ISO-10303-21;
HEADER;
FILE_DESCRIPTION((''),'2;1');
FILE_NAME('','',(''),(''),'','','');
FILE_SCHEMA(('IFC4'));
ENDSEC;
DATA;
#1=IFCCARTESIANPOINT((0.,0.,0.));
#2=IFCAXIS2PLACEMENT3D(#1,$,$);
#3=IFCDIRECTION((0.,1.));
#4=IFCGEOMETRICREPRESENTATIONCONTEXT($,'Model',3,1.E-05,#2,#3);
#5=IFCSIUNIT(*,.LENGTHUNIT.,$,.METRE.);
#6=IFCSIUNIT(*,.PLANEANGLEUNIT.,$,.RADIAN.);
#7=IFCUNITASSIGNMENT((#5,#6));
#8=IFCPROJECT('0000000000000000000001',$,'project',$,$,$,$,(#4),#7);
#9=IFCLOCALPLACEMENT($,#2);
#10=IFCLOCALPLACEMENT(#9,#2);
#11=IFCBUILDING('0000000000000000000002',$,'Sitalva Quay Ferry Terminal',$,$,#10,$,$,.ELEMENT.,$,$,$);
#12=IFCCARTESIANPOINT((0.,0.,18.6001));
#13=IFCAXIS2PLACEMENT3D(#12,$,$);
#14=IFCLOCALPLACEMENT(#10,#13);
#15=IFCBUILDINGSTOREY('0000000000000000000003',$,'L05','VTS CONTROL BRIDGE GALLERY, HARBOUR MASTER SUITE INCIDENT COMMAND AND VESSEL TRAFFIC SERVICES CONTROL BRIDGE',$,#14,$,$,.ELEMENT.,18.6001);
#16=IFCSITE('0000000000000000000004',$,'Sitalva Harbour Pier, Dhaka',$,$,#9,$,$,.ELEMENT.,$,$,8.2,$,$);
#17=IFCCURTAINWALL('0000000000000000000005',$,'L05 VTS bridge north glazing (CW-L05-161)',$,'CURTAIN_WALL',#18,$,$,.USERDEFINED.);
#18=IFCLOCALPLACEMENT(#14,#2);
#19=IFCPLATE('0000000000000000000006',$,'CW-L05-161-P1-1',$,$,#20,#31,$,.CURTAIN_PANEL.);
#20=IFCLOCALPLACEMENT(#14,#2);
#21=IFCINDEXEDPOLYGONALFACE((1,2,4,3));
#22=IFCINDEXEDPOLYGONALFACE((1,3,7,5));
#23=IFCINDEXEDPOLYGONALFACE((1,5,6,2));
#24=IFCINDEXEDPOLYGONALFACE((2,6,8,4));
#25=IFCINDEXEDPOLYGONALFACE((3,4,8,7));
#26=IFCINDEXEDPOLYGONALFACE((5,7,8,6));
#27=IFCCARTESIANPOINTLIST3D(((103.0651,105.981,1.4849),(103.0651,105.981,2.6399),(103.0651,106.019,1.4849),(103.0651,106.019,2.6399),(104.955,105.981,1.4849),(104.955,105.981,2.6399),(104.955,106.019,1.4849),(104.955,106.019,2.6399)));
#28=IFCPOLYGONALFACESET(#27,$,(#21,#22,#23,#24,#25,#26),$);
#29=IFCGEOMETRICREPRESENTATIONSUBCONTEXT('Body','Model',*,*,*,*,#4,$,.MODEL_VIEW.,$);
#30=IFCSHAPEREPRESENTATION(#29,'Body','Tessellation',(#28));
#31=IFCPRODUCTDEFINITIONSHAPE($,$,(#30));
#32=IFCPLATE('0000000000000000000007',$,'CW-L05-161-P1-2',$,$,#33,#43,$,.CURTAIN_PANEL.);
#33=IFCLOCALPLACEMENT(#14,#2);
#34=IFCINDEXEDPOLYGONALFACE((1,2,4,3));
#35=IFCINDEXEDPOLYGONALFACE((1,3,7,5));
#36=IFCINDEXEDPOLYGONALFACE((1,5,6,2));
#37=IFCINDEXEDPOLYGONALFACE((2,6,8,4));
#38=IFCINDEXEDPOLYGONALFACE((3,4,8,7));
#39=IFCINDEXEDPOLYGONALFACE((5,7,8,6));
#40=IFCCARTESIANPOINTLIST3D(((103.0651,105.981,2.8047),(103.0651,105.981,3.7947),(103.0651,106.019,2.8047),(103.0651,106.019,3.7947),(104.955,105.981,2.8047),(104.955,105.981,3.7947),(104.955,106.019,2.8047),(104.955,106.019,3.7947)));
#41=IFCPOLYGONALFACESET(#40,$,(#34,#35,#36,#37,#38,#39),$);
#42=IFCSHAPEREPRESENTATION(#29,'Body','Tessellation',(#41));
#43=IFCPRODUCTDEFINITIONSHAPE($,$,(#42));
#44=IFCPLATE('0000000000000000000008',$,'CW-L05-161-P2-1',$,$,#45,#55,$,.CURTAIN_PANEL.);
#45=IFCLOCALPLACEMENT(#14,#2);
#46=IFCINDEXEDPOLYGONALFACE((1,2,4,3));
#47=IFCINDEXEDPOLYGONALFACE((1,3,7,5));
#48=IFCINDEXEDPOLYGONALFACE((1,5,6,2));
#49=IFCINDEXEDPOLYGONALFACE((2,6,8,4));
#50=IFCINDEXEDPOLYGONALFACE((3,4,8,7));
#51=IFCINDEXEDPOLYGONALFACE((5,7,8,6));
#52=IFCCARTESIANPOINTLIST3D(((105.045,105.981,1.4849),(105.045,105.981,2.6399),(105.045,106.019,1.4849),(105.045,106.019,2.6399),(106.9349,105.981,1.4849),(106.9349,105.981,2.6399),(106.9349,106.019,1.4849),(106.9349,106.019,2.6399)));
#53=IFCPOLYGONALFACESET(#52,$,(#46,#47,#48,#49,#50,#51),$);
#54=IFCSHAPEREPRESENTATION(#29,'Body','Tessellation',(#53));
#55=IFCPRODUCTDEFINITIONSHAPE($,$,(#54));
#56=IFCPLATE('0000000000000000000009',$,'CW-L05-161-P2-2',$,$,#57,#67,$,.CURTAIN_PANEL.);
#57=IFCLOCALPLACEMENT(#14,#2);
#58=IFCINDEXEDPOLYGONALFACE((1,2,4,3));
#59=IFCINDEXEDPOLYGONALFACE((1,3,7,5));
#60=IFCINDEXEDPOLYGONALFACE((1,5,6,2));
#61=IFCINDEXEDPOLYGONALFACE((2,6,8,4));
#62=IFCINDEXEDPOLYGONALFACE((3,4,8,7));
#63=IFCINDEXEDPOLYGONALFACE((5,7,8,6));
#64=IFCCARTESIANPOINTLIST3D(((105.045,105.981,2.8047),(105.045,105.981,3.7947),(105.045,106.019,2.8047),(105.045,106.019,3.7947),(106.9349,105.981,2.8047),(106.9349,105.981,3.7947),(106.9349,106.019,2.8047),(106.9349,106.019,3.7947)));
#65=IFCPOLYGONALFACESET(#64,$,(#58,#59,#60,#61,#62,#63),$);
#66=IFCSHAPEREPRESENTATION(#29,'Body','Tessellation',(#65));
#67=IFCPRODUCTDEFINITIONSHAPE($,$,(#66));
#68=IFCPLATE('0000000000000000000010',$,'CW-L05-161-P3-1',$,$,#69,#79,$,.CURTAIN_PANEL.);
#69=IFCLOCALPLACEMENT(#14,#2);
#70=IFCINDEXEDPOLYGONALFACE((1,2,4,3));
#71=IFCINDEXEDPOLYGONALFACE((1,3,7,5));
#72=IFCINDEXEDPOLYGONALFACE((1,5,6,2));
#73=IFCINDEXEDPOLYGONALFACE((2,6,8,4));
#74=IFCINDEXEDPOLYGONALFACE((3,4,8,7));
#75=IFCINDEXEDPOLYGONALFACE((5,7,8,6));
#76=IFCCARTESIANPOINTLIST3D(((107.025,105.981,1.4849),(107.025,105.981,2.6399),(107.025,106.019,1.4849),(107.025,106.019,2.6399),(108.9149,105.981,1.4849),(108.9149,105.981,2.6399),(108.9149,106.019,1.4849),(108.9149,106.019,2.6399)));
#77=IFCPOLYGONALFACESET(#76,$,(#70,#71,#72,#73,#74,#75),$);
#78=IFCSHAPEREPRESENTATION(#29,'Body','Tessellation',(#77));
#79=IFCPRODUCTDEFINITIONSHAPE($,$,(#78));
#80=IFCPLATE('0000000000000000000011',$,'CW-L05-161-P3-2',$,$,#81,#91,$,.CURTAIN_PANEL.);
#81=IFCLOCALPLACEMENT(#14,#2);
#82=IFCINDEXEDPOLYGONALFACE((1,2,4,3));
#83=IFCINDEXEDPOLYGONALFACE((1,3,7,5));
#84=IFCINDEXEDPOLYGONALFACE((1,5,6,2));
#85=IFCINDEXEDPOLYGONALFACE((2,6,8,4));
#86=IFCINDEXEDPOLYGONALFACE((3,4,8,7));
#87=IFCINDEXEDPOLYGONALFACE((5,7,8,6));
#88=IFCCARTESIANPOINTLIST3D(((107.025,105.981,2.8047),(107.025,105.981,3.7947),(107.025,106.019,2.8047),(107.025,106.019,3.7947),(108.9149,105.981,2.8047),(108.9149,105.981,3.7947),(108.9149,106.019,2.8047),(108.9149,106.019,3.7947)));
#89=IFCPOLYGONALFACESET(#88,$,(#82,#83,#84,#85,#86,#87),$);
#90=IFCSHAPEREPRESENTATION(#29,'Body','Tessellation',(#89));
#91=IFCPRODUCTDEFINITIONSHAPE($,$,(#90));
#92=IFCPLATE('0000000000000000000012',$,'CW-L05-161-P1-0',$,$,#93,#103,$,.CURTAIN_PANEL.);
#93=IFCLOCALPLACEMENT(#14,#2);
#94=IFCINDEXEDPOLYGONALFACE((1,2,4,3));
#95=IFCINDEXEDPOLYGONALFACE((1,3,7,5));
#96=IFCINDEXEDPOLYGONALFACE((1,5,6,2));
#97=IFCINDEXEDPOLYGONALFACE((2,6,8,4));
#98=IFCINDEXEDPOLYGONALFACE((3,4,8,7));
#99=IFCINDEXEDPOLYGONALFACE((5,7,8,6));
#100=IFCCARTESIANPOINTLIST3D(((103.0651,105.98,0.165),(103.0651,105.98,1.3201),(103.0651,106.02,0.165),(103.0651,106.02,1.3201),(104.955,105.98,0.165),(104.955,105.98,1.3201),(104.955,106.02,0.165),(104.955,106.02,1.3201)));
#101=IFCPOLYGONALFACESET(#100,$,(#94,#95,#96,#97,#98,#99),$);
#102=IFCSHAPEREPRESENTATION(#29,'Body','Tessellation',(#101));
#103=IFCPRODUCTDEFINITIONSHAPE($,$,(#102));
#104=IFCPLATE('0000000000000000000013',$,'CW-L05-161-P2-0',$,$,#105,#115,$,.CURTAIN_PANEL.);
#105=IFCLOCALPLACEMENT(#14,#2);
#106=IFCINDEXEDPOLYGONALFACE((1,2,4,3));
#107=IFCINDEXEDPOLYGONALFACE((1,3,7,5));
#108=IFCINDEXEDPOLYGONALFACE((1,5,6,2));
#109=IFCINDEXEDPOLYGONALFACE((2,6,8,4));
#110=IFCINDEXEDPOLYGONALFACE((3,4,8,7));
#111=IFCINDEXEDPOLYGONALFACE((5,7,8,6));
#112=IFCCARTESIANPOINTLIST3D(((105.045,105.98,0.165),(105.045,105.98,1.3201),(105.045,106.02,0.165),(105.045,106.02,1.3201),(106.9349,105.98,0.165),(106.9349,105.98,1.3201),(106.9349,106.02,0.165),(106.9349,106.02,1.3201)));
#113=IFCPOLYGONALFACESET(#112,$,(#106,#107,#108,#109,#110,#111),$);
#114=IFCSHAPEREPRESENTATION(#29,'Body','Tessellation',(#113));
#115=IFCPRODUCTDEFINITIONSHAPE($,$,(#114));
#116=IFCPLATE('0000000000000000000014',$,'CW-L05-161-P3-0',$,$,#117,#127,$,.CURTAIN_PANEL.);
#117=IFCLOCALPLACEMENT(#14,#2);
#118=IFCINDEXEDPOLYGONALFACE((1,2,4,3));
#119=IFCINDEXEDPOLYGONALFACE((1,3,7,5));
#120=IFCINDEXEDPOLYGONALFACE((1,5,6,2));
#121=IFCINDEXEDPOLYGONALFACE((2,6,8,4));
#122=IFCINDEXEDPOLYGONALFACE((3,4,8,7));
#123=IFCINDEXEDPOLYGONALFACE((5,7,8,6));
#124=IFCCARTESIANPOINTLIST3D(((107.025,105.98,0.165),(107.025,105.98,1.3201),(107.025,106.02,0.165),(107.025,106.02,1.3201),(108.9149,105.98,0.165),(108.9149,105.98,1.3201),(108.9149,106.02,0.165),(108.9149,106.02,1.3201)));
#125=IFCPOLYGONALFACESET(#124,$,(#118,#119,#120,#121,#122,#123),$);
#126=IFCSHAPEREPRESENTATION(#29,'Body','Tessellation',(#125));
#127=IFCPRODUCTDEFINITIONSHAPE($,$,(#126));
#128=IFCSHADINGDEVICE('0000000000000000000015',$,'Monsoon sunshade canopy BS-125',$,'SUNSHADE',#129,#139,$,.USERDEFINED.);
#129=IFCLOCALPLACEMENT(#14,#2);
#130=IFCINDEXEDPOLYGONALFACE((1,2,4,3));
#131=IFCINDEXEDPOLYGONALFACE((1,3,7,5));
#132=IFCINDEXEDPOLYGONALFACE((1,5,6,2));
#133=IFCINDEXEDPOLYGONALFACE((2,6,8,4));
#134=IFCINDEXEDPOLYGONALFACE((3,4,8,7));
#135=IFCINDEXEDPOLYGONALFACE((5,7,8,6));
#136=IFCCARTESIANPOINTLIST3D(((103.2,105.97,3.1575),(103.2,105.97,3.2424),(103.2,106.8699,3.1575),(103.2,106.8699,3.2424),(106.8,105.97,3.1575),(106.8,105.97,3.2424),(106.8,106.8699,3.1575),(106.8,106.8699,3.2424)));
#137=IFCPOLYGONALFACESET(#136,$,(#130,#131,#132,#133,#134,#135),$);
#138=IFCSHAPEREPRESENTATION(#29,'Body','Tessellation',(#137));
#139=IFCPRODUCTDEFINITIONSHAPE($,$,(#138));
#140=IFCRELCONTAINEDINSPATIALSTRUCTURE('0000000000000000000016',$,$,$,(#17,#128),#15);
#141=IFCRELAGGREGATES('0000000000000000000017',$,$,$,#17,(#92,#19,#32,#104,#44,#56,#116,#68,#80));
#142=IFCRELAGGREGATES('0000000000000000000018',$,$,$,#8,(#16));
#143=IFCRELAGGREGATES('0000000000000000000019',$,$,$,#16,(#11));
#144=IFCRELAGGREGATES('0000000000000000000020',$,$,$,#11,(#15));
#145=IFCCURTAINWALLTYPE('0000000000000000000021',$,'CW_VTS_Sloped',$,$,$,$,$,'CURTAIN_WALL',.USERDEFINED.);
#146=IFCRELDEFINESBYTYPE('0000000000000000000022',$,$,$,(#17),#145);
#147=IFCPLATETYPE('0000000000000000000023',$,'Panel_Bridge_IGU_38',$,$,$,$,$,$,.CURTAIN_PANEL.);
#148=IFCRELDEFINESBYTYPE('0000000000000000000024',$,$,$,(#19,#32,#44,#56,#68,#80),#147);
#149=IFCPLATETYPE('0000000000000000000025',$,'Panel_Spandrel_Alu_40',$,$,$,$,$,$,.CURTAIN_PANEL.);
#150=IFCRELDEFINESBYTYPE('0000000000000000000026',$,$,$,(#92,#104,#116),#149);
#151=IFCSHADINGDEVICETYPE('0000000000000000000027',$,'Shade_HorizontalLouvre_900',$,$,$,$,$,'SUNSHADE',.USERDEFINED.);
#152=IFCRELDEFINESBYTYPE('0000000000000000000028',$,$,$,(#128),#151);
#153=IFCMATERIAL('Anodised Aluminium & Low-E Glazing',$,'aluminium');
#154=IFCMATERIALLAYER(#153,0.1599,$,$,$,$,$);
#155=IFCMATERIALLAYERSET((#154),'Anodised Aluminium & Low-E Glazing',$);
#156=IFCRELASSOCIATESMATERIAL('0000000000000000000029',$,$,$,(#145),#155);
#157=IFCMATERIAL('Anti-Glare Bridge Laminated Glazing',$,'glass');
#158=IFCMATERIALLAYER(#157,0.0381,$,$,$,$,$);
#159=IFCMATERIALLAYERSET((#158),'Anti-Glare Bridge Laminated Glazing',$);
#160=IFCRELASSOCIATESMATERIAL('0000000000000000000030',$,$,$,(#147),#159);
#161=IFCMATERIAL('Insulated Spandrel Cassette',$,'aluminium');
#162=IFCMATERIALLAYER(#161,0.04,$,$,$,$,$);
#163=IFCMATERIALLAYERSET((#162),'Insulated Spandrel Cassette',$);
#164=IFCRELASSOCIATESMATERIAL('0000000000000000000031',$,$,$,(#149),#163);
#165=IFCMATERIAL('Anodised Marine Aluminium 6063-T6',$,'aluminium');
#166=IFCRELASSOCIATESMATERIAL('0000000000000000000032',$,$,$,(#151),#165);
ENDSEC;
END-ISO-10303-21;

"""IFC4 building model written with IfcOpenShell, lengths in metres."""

from ifc_helpers import new_model, si_unit, direction, frame, origin, origin_2d, place, context, subcontext, project, spatial, rectangle, extrude, material, layer, layer_set, type_object, element, aggregate, save


model = new_model("IFC4")

# Units and contexts
model_context = context("Model", 3, precision=1e-05, world=origin(), true_north=direction((0.0, 1.0)))
body_context = subcontext(model_context, "Body", "Model", "MODEL_VIEW")
ifc_project = project(units=[si_unit("LENGTHUNIT", "METRE"), si_unit("PLANEANGLEUNIT", "RADIAN")], contexts=[model_context])

# Site, building, storey
site_placement = place(None, origin())
site = spatial("IfcSite", under=ifc_project, at=site_placement, Name="Sitalva Harbour Pier, Dhaka", CompositionType="ELEMENT", RefElevation=8.2)
building_placement = place(site_placement, origin())
building = spatial("IfcBuilding", under=site, at=building_placement, Name="Sitalva Quay Ferry Terminal", CompositionType="ELEMENT")
storey_placement = place(building_placement, frame((0.0, 0.0, 18.6001)))
storey = spatial("IfcBuildingStorey", under=building, at=storey_placement, Name="L05", Description="VTS CONTROL BRIDGE GALLERY, HARBOUR MASTER SUITE INCIDENT COMMAND AND VESSEL TRAFFIC SERVICES CONTROL BRIDGE", CompositionType="ELEMENT", Elevation=18.6001)

# Curtain wall, plates
ifc_material_1 = material(Name="Anodised Aluminium & Low-E Glazing", Category="aluminium")
ifc_layer_1 = layer(ifc_material_1, 0.1599)
ifc_layer_set_1 = layer_set([ifc_layer_1], Name="Anodised Aluminium & Low-E Glazing")
curtain_wall_type = type_object("IfcCurtainWallType", Name="CW_VTS_Sloped", ElementType="CURTAIN_WALL", PredefinedType="USERDEFINED", material=ifc_layer_set_1)
curtain_wall_placement = place(storey_placement, origin())
curtain_wall = element("IfcCurtainWall", 1, at=curtain_wall_placement, inside=storey, type_object=curtain_wall_type, Name="L05 VTS bridge north glazing (CW-L05-161)", ObjectType="CURTAIN_WALL", PredefinedType="USERDEFINED")
ifc_material_2 = material(Name="Anti-Glare Bridge Laminated Glazing", Category="glass")
ifc_layer_2 = layer(ifc_material_2, 0.0381)
ifc_layer_set_2 = layer_set([ifc_layer_2], Name="Anti-Glare Bridge Laminated Glazing")
plate_type_1 = type_object("IfcPlateType", Name="Panel_Bridge_IGU_38", PredefinedType="CURTAIN_PANEL", material=ifc_layer_set_2)
plate_1_placement = place(storey_placement, frame((104.01, 106.0, 1.4849), z_axis=(0.0, 0.0, 1.0), x_axis=(1.0, 0.0, 0.0)))
plate_1 = element("IfcPlate", 2, at=plate_1_placement, type_object=plate_type_1, Name="CW-L05-161-P1-1", PredefinedType="CURTAIN_PANEL", context=body_context, shape_type="SweptSolid", body=[
    extrude(rectangle(XDim=1.8899, YDim=0.0381, at=origin_2d()), origin(), (0.0, 0.0, 1.0), 1.155),
])
plate_2_placement = place(storey_placement, frame((104.01, 106.0, 2.8047), z_axis=(0.0, 0.0, 1.0), x_axis=(1.0, 0.0, 0.0)))
plate_2 = element("IfcPlate", 3, at=plate_2_placement, type_object=plate_type_1, Name="CW-L05-161-P1-2", PredefinedType="CURTAIN_PANEL", context=body_context, shape_type="SweptSolid", body=[
    extrude(rectangle(XDim=1.8899, YDim=0.0381, at=origin_2d()), origin(), (0.0, 0.0, 1.0), 0.99),
])
plate_3_placement = place(storey_placement, frame((105.99, 106.0, 1.4849), z_axis=(0.0, 0.0, 1.0), x_axis=(1.0, 0.0, 0.0)))
plate_3 = element("IfcPlate", 4, at=plate_3_placement, type_object=plate_type_1, Name="CW-L05-161-P2-1", PredefinedType="CURTAIN_PANEL", context=body_context, shape_type="SweptSolid", body=[
    extrude(rectangle(XDim=1.8899, YDim=0.0381, at=origin_2d()), origin(), (0.0, 0.0, 1.0), 1.155),
])
plate_4_placement = place(storey_placement, frame((105.99, 106.0, 2.8047), z_axis=(0.0, 0.0, 1.0), x_axis=(1.0, 0.0, 0.0)))
plate_4 = element("IfcPlate", 5, at=plate_4_placement, type_object=plate_type_1, Name="CW-L05-161-P2-2", PredefinedType="CURTAIN_PANEL", context=body_context, shape_type="SweptSolid", body=[
    extrude(rectangle(XDim=1.8899, YDim=0.0381, at=origin_2d()), origin(), (0.0, 0.0, 1.0), 0.99),
])
plate_5_placement = place(storey_placement, frame((107.97, 106.0, 1.4849), z_axis=(0.0, 0.0, 1.0), x_axis=(1.0, 0.0, 0.0)))
plate_5 = element("IfcPlate", 6, at=plate_5_placement, type_object=plate_type_1, Name="CW-L05-161-P3-1", PredefinedType="CURTAIN_PANEL", context=body_context, shape_type="SweptSolid", body=[
    extrude(rectangle(XDim=1.8899, YDim=0.0381, at=origin_2d()), origin(), (0.0, 0.0, 1.0), 1.155),
])
plate_6_placement = place(storey_placement, frame((107.97, 106.0, 2.8047), z_axis=(0.0, 0.0, 1.0), x_axis=(1.0, 0.0, 0.0)))
plate_6 = element("IfcPlate", 7, at=plate_6_placement, type_object=plate_type_1, Name="CW-L05-161-P3-2", PredefinedType="CURTAIN_PANEL", context=body_context, shape_type="SweptSolid", body=[
    extrude(rectangle(XDim=1.8899, YDim=0.0381, at=origin_2d()), origin(), (0.0, 0.0, 1.0), 0.99),
])
ifc_material_3 = material(Name="Insulated Spandrel Cassette", Category="aluminium")
ifc_layer_3 = layer(ifc_material_3, 0.04)
ifc_layer_set_3 = layer_set([ifc_layer_3], Name="Insulated Spandrel Cassette")
plate_type_2 = type_object("IfcPlateType", Name="Panel_Spandrel_Alu_40", PredefinedType="CURTAIN_PANEL", material=ifc_layer_set_3)
plate_7_placement = place(storey_placement, frame((104.01, 106.0, 0.165), z_axis=(0.0, 0.0, 1.0), x_axis=(1.0, 0.0, 0.0)))
plate_7 = element("IfcPlate", 8, at=plate_7_placement, type_object=plate_type_2, Name="CW-L05-161-P1-0", PredefinedType="CURTAIN_PANEL", context=body_context, shape_type="SweptSolid", body=[
    extrude(rectangle(XDim=1.8899, YDim=0.04, at=origin_2d()), origin(), (0.0, 0.0, 1.0), 1.155),
])
plate_8_placement = place(storey_placement, frame((105.99, 106.0, 0.165), z_axis=(0.0, 0.0, 1.0), x_axis=(1.0, 0.0, 0.0)))
plate_8 = element("IfcPlate", 9, at=plate_8_placement, type_object=plate_type_2, Name="CW-L05-161-P2-0", PredefinedType="CURTAIN_PANEL", context=body_context, shape_type="SweptSolid", body=[
    extrude(rectangle(XDim=1.8899, YDim=0.04, at=origin_2d()), origin(), (0.0, 0.0, 1.0), 1.155),
])
plate_9_placement = place(storey_placement, frame((107.97, 106.0, 0.165), z_axis=(0.0, 0.0, 1.0), x_axis=(1.0, 0.0, 0.0)))
plate_9 = element("IfcPlate", 10, at=plate_9_placement, type_object=plate_type_2, Name="CW-L05-161-P3-0", PredefinedType="CURTAIN_PANEL", context=body_context, shape_type="SweptSolid", body=[
    extrude(rectangle(XDim=1.8899, YDim=0.04, at=origin_2d()), origin(), (0.0, 0.0, 1.0), 1.155),
])
aggregate(curtain_wall, [plate_7, plate_1, plate_2, plate_8, plate_3, plate_4, plate_9, plate_5, plate_6])

# Shading device
ifc_material_4 = material(Name="Anodised Marine Aluminium 6063-T6", Category="aluminium")
shading_device_type = type_object("IfcShadingDeviceType", Name="Shade_HorizontalLouvre_900", ElementType="SUNSHADE", PredefinedType="USERDEFINED", material=ifc_material_4)
shading_device_placement = place(storey_placement, frame((105.0, 106.4199, 3.1575), z_axis=(0.0, 0.0, 1.0), x_axis=(1.0, 0.0, 0.0)))
element("IfcShadingDevice", 11, at=shading_device_placement, inside=storey, type_object=shading_device_type, Name="Monsoon sunshade canopy BS-125", ObjectType="SUNSHADE", PredefinedType="USERDEFINED", context=body_context, shape_type="SweptSolid", body=[
    extrude(rectangle(XDim=3.6001, YDim=0.8999, at=origin_2d()), origin(), (0.0, 0.0, 1.0), 0.085),
])

save(model, "model.ifc")
